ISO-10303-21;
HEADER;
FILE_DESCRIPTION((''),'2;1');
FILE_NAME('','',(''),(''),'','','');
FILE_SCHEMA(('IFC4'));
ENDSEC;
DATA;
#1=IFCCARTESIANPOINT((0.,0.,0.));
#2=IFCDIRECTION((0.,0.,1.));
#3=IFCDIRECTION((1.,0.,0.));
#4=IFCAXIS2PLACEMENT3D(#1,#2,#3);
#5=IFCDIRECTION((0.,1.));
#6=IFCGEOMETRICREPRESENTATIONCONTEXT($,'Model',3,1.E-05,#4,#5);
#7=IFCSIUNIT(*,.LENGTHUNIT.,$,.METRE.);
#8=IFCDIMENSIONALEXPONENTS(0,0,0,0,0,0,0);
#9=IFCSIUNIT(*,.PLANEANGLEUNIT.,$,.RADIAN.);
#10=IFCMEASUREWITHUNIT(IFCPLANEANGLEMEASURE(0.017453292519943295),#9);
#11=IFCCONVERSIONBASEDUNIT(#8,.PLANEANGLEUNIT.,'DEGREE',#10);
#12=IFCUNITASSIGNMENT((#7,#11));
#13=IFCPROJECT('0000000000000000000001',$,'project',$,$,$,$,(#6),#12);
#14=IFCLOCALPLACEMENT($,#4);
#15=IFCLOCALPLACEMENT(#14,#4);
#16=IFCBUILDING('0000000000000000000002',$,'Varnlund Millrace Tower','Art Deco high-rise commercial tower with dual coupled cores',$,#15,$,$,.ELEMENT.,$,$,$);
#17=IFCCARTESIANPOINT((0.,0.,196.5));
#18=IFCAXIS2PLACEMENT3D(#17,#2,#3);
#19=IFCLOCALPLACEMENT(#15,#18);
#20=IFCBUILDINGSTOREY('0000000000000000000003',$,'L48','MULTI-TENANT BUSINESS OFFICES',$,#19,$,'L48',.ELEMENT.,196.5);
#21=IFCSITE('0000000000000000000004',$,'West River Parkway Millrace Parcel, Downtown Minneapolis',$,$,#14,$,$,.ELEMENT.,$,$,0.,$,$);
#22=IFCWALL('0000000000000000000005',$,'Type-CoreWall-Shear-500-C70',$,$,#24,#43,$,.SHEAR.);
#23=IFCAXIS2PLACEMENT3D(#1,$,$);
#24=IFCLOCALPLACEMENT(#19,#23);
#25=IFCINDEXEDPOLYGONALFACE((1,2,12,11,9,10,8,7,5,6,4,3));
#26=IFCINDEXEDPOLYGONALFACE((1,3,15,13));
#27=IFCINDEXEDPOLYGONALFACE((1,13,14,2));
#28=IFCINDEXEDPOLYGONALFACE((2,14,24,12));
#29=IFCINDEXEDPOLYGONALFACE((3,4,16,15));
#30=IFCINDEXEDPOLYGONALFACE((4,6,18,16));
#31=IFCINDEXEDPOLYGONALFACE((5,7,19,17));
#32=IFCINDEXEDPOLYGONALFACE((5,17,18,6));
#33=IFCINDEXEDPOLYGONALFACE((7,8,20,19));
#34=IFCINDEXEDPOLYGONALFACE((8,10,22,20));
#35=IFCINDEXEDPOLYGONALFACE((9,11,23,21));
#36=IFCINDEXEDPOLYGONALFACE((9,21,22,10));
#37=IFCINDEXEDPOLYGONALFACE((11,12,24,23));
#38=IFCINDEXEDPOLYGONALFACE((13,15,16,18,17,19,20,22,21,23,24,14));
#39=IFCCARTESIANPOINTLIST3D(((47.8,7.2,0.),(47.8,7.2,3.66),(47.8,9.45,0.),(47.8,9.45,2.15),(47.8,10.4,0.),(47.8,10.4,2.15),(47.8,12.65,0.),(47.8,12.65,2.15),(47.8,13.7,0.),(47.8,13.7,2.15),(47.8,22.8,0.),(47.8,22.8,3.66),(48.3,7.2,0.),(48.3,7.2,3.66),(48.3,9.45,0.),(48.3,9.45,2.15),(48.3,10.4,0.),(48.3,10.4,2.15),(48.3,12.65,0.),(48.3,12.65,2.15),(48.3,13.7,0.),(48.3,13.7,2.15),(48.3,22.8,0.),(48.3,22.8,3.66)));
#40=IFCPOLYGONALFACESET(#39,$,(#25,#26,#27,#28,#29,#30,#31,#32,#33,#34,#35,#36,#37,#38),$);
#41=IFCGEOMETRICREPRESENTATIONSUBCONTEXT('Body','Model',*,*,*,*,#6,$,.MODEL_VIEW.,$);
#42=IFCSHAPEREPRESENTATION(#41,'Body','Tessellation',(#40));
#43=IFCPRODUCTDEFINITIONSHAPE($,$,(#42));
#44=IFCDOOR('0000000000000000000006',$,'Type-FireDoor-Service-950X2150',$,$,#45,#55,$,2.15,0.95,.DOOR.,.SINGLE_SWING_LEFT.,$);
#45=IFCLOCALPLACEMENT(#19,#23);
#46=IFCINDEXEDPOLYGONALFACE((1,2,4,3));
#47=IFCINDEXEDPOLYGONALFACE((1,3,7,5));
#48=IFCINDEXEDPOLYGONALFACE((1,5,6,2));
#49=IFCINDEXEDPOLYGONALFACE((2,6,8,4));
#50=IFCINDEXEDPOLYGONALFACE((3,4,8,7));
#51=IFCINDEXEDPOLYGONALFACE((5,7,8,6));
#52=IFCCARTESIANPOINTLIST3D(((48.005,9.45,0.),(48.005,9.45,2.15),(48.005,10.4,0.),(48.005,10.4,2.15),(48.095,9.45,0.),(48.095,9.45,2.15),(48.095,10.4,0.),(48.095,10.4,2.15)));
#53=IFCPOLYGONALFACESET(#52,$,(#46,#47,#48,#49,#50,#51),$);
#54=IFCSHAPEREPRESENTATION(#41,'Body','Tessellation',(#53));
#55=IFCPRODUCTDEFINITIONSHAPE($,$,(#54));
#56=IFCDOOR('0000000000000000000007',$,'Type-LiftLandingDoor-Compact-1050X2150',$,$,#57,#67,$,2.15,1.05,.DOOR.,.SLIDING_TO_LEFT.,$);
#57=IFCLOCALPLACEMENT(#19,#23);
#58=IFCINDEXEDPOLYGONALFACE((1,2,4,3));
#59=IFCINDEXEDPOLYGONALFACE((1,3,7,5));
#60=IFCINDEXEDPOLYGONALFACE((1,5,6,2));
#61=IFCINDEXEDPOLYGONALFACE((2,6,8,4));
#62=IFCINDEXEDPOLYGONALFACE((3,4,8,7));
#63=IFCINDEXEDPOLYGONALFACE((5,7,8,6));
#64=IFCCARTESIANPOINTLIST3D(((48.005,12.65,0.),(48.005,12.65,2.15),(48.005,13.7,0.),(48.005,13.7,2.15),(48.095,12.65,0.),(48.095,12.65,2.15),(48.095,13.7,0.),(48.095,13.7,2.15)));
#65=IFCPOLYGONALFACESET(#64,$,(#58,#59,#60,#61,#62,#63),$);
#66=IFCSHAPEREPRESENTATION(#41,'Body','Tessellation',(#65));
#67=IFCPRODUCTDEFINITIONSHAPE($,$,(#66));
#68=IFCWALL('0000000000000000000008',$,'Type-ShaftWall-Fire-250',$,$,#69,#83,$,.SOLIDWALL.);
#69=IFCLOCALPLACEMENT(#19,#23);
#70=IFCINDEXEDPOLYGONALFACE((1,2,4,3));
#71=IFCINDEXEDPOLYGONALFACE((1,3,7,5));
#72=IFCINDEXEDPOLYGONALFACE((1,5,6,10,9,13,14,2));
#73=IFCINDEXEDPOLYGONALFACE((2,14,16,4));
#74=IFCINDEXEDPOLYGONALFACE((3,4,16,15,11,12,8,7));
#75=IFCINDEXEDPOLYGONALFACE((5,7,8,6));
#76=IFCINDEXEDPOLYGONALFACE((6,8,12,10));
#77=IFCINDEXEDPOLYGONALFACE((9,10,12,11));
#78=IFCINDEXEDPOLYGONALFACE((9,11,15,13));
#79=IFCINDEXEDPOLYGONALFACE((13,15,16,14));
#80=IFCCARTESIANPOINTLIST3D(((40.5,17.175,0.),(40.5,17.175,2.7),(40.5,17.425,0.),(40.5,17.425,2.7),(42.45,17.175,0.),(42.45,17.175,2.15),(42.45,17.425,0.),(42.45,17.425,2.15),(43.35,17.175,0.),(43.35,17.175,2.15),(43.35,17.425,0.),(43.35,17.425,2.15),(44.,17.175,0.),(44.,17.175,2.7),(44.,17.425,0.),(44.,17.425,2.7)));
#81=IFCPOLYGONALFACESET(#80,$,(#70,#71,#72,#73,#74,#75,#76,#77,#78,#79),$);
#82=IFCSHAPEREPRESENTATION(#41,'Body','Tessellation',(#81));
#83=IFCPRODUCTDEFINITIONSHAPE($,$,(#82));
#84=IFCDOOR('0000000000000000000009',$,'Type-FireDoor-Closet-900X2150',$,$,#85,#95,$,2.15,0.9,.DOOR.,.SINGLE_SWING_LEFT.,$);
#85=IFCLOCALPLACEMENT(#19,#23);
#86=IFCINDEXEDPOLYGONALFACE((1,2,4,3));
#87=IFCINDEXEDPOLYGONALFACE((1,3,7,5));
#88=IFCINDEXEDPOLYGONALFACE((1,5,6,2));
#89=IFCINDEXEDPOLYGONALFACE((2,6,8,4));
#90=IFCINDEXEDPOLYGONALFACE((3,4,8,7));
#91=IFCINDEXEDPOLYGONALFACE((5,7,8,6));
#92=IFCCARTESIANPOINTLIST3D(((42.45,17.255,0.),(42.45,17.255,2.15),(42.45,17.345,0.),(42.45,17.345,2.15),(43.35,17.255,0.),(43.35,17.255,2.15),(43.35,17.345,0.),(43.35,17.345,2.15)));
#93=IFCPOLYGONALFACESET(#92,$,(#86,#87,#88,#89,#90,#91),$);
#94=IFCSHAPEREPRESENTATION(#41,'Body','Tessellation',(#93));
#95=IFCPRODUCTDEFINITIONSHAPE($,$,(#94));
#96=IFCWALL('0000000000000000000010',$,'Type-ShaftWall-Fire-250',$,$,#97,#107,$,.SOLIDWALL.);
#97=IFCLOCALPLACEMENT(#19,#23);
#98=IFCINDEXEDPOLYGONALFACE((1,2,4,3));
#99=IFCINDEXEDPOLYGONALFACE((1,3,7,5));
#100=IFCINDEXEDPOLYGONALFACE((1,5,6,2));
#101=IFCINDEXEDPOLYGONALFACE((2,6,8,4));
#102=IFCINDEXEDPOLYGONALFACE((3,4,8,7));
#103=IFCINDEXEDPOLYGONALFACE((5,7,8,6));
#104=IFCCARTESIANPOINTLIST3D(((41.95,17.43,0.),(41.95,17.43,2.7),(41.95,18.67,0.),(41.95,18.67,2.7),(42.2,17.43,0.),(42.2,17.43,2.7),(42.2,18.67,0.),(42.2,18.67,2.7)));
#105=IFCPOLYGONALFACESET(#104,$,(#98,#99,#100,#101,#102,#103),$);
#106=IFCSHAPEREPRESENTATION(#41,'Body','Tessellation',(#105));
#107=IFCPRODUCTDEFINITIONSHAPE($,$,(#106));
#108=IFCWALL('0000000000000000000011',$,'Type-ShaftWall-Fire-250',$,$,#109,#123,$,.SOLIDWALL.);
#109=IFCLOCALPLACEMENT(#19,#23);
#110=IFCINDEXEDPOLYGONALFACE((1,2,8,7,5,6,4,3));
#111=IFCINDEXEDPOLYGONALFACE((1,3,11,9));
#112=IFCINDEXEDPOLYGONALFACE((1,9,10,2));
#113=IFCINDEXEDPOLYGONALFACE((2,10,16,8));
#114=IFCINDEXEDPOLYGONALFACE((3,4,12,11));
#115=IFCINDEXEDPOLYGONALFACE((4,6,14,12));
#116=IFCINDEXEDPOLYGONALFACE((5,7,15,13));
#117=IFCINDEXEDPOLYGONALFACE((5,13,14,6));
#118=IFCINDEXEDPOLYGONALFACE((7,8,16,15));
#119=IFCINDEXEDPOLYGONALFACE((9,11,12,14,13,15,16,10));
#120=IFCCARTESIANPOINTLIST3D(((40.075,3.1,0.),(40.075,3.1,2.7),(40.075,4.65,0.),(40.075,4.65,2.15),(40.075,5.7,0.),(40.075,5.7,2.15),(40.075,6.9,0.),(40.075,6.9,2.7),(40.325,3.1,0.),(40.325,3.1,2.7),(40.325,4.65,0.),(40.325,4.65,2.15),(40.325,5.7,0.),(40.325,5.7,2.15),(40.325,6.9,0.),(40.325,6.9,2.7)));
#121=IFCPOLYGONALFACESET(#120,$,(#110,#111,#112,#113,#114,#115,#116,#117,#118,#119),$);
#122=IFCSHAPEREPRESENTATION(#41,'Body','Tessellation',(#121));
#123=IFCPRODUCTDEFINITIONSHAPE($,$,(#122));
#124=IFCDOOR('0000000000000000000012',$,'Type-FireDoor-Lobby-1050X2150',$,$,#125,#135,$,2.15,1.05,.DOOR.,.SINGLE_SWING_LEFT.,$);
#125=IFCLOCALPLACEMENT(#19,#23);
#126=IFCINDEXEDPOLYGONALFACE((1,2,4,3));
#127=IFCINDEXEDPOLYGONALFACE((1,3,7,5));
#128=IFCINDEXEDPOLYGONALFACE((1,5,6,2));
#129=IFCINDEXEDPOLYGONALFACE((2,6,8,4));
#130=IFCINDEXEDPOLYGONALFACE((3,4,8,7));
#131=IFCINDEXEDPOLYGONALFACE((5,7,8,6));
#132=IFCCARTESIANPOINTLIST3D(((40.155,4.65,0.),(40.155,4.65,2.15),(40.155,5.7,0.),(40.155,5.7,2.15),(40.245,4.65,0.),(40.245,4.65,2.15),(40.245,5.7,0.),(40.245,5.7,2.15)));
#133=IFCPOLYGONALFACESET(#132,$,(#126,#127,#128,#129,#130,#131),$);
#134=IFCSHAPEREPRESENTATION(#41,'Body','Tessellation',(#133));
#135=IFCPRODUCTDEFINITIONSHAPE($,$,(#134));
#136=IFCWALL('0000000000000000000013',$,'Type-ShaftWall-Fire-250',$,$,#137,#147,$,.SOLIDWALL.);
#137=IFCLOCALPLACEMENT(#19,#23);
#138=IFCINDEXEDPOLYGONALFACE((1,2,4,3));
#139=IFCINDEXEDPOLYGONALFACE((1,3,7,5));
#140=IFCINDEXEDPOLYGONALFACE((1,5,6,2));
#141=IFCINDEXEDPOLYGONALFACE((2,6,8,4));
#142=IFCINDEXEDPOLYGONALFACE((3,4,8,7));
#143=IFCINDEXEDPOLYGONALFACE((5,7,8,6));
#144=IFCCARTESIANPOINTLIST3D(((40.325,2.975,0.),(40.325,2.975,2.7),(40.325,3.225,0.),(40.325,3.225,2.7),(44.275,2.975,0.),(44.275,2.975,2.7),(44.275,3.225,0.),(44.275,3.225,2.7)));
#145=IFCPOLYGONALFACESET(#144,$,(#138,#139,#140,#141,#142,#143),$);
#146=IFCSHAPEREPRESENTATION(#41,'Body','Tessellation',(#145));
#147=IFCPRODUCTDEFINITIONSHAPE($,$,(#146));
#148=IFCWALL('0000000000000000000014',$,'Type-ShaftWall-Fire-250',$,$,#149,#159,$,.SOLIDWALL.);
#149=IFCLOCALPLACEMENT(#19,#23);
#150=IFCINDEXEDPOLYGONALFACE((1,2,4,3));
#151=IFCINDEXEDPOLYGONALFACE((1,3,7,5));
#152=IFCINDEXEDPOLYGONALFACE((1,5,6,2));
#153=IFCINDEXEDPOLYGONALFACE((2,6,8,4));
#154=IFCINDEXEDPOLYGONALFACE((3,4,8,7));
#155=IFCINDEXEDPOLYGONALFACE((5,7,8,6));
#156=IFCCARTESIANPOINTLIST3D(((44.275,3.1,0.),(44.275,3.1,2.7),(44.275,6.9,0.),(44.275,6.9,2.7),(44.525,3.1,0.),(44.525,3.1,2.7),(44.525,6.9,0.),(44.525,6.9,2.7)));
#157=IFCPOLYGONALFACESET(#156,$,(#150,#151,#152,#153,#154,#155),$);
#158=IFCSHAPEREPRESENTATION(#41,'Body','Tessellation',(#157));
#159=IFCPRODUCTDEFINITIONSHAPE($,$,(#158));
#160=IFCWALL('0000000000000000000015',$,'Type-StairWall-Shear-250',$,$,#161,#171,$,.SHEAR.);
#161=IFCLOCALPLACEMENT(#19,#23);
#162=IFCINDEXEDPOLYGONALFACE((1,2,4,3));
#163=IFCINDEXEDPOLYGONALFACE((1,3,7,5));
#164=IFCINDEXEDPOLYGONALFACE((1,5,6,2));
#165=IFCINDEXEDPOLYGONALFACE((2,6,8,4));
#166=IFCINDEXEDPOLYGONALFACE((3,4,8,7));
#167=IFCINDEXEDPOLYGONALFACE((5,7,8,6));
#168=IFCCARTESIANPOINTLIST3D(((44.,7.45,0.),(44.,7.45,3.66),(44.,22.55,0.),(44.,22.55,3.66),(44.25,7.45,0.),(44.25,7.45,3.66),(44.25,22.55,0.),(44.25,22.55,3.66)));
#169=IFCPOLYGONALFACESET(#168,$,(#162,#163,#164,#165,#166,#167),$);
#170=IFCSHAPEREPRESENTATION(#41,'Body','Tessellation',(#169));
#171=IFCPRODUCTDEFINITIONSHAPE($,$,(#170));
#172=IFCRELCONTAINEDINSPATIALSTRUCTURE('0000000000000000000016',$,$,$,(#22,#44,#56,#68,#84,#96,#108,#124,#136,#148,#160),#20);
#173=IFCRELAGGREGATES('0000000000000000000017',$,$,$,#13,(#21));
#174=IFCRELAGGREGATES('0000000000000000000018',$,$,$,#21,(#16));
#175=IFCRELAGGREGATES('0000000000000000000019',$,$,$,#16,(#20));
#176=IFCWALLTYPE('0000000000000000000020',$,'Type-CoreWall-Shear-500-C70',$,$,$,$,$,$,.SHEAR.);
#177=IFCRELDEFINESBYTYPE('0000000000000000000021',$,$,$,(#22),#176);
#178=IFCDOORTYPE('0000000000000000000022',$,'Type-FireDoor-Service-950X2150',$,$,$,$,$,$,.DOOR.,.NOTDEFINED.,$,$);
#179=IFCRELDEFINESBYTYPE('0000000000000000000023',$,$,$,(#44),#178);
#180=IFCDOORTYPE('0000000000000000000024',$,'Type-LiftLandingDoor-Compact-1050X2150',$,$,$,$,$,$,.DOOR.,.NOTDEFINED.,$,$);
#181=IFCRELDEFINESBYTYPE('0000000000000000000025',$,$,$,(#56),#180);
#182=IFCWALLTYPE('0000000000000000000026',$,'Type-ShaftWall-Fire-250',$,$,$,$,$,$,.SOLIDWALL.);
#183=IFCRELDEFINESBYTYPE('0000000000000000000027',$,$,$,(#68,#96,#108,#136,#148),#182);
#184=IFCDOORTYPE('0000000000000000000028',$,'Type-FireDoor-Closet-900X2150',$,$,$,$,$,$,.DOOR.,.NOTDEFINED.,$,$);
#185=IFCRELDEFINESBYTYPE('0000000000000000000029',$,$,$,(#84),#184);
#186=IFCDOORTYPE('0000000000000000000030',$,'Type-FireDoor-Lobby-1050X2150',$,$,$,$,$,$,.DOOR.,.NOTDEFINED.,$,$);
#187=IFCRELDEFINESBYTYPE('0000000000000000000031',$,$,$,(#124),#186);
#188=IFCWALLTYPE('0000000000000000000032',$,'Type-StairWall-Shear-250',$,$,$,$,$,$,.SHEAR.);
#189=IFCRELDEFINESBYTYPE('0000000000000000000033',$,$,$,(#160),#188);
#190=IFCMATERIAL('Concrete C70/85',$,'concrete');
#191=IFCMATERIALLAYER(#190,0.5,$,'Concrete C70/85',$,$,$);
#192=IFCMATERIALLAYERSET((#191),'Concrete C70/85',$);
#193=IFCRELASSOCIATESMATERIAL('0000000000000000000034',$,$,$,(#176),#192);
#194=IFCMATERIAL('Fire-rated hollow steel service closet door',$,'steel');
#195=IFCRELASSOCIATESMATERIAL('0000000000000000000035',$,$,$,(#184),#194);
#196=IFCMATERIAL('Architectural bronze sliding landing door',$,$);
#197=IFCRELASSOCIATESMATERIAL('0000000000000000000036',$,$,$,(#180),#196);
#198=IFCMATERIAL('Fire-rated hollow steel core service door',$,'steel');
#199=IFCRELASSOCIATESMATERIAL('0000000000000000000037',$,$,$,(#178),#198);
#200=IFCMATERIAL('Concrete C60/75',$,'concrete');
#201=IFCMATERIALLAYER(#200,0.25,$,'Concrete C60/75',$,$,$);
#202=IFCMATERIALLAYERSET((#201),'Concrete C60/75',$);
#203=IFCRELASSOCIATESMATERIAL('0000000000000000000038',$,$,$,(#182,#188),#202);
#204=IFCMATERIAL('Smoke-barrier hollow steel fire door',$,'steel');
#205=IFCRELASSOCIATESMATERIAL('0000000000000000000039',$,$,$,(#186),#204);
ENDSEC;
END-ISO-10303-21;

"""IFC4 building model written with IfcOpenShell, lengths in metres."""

from ifc_helpers import new_model, entity, si_unit, converted_unit, direction, frame, origin_with_axes, origin_2d_with_axis, place, context, subcontext, project, spatial, polyline, rectangle, outline, extrude, material, layer, layer_set, type_object, element, fill, save


model = new_model("IFC4")

# Units and contexts
model_context = context("Model", 3, precision=1e-05, world=origin_with_axes(), true_north=direction((0.0, 1.0)))
body_context = subcontext(model_context, "Body", "Model", "MODEL_VIEW")
ifc_project = project(units=[si_unit("LENGTHUNIT", "METRE"), converted_unit("PLANEANGLEUNIT", "DEGREE", entity("IfcPlaneAngleMeasure", 0.017453292519943295), si_unit("PLANEANGLEUNIT", "RADIAN"), dimensions=[0, 0, 0, 0, 0, 0, 0])], contexts=[model_context])

# Site, building, storey
site_placement = place(None, origin_with_axes())
site = spatial("IfcSite", under=ifc_project, at=site_placement, Name="West River Parkway Millrace Parcel, Downtown Minneapolis", CompositionType="ELEMENT", RefElevation=0.0)
building_placement = place(site_placement, origin_with_axes())
building = spatial("IfcBuilding", under=site, at=building_placement, Name="Varnlund Millrace Tower", Description="Art Deco high-rise commercial tower with dual coupled cores", CompositionType="ELEMENT")
storey_placement = place(building_placement, frame((0.0, 0.0, 196.5), z_axis=(0.0, 0.0, 1.0), x_axis=(1.0, 0.0, 0.0)))
storey = spatial("IfcBuildingStorey", under=building, at=storey_placement, Name="L48", Description="MULTI-TENANT BUSINESS OFFICES", LongName="L48", CompositionType="ELEMENT", Elevation=196.5)

# Shared definitions
ifc_material_1 = material(Name="Concrete C70/85", Category="concrete")

# Shared definitions
ifc_layer_1 = layer(ifc_material_1, 0.5, Name="Concrete C70/85")
ifc_layer_set_1 = layer_set([ifc_layer_1], Name="Concrete C70/85")
wall_type_1 = type_object("IfcWallType", Name="Type-CoreWall-Shear-500-C70", PredefinedType="SHEAR", material=ifc_layer_set_1)
ifc_material_2 = material(Name="Fire-rated hollow steel service closet door", Category="steel")
door_type_1 = type_object("IfcDoorType", Name="Type-FireDoor-Closet-900X2150", OperationType="NOTDEFINED", PredefinedType="DOOR", material=ifc_material_2)
ifc_material_3 = material(Name="Architectural bronze sliding landing door")
door_type_2 = type_object("IfcDoorType", Name="Type-LiftLandingDoor-Compact-1050X2150", OperationType="NOTDEFINED", PredefinedType="DOOR", material=ifc_material_3)

# Wall, openings, doors
wall_1_placement = place(storey_placement, frame((48.05, 7.2, 0.0), z_axis=(0.0, 0.0, 1.0), x_axis=(0.0, 1.0, 0.0)))
wall_1 = element("IfcWall", 1, at=wall_1_placement, inside=storey, type_object=wall_type_1, Name="Type-CoreWall-Shear-500-C70", PredefinedType="SHEAR", context=body_context, shape_type="SweptSolid", body=[
    extrude(outline(polyline([(0.0, -0.25), (15.6, -0.25), (15.6, 0.25), (0.0, 0.25), (0.0, -0.25)])), origin_with_axes(), (0.0, 0.0, 1.0), 3.66),
])
opening_1_placement = place(wall_1_placement, frame((5.975, 0.0, 0.0), z_axis=(0.0, 0.0, 1.0), x_axis=(1.0, 0.0, 0.0)))
opening_1 = element("IfcOpeningElement", 2, at=opening_1_placement, cuts=wall_1, PredefinedType="OPENING", context=body_context, shape_type="SweptSolid", body=[
    extrude(rectangle(XDim=1.05, YDim=0.52, at=origin_2d_with_axis()), origin_with_axes(), (0.0, 0.0, 1.0), 2.15),
])
opening_2_placement = place(wall_1_placement, frame((2.725, 0.0, 0.0), z_axis=(0.0, 0.0, 1.0), x_axis=(1.0, 0.0, 0.0)))
opening_2 = element("IfcOpeningElement", 3, at=opening_2_placement, cuts=wall_1, PredefinedType="OPENING", context=body_context, shape_type="SweptSolid", body=[
    extrude(rectangle(XDim=0.95, YDim=0.52, at=origin_2d_with_axis()), origin_with_axes(), (0.0, 0.0, 1.0), 2.15),
])
ifc_material_4 = material(Name="Fire-rated hollow steel core service door", Category="steel")
door_type_3 = type_object("IfcDoorType", Name="Type-FireDoor-Service-950X2150", OperationType="NOTDEFINED", PredefinedType="DOOR", material=ifc_material_4)
door_1_placement = place(wall_1_placement, frame((2.725, 0.0, 0.0), z_axis=(0.0, 0.0, 1.0), x_axis=(1.0, 0.0, 0.0)))
door_1 = element("IfcDoor", 4, at=door_1_placement, inside=storey, type_object=door_type_3, Name="Type-FireDoor-Service-950X2150", OperationType="SINGLE_SWING_LEFT", OverallHeight=2.15, OverallWidth=0.95, PredefinedType="DOOR", context=body_context, shape_type="SweptSolid", body=[
    extrude(rectangle(XDim=0.95, YDim=0.09, at=origin_2d_with_axis()), origin_with_axes(), (0.0, 0.0, 1.0), 2.15),
])
fill(opening_2, door_1)
door_2_placement = place(wall_1_placement, frame((5.975, 0.0, 0.0), z_axis=(0.0, 0.0, 1.0), x_axis=(1.0, 0.0, 0.0)))
door_2 = element("IfcDoor", 5, at=door_2_placement, inside=storey, type_object=door_type_2, Name="Type-LiftLandingDoor-Compact-1050X2150", OperationType="SLIDING_TO_LEFT", OverallHeight=2.15, OverallWidth=1.05, PredefinedType="DOOR", context=body_context, shape_type="SweptSolid", body=[
    extrude(rectangle(XDim=1.05, YDim=0.09, at=origin_2d_with_axis()), origin_with_axes(), (0.0, 0.0, 1.0), 2.15),
])
fill(opening_1, door_2)

# Wall, opening, door
ifc_material_5 = material(Name="Concrete C60/75", Category="concrete")
ifc_layer_2 = layer(ifc_material_5, 0.25, Name="Concrete C60/75")
ifc_layer_set_2 = layer_set([ifc_layer_2], Name="Concrete C60/75")
wall_type_2 = type_object("IfcWallType", Name="Type-ShaftWall-Fire-250", PredefinedType="SOLIDWALL", material=ifc_layer_set_2)
wall_2_placement = place(storey_placement, frame((40.5, 17.3, 0.0), z_axis=(0.0, 0.0, 1.0), x_axis=(1.0, 0.0, 0.0)))
wall_2 = element("IfcWall", 6, at=wall_2_placement, inside=storey, type_object=wall_type_2, Name="Type-ShaftWall-Fire-250", PredefinedType="SOLIDWALL", context=body_context, shape_type="SweptSolid", body=[
    extrude(outline(polyline([(0.0, -0.125), (3.5, -0.125), (3.5, 0.125), (0.0, 0.125), (0.0, -0.125)])), origin_with_axes(), (0.0, 0.0, 1.0), 2.7),
])
opening_3_placement = place(wall_2_placement, frame((2.4, 0.0, 0.0), z_axis=(0.0, 0.0, 1.0), x_axis=(1.0, 0.0, 0.0)))
opening_3 = element("IfcOpeningElement", 7, at=opening_3_placement, cuts=wall_2, PredefinedType="OPENING", context=body_context, shape_type="SweptSolid", body=[
    extrude(rectangle(XDim=0.9, YDim=0.27, at=origin_2d_with_axis()), origin_with_axes(), (0.0, 0.0, 1.0), 2.15),
])
door_3_placement = place(wall_2_placement, frame((2.4, 0.0, 0.0), z_axis=(0.0, 0.0, 1.0), x_axis=(1.0, 0.0, 0.0)))
door_3 = element("IfcDoor", 8, at=door_3_placement, inside=storey, type_object=door_type_1, Name="Type-FireDoor-Closet-900X2150", OperationType="SINGLE_SWING_LEFT", OverallHeight=2.15, OverallWidth=0.9, PredefinedType="DOOR", context=body_context, shape_type="SweptSolid", body=[
    extrude(rectangle(XDim=0.9, YDim=0.09, at=origin_2d_with_axis()), origin_with_axes(), (0.0, 0.0, 1.0), 2.15),
])
fill(opening_3, door_3)

# Wall
wall_3_placement = place(storey_placement, frame((42.075, 17.43, 0.0), z_axis=(0.0, 0.0, 1.0), x_axis=(0.0, 1.0, 0.0)))
element("IfcWall", 9, at=wall_3_placement, inside=storey, type_object=wall_type_2, Name="Type-ShaftWall-Fire-250", PredefinedType="SOLIDWALL", context=body_context, shape_type="SweptSolid", body=[
    extrude(outline(polyline([(0.0, -0.125), (1.24, -0.125), (1.24, 0.125), (0.0, 0.125), (0.0, -0.125)])), origin_with_axes(), (0.0, 0.0, 1.0), 2.7),
])

# Wall, opening, door
wall_4_placement = place(storey_placement, frame((40.2, 3.1, 0.0), z_axis=(0.0, 0.0, 1.0), x_axis=(0.0, 1.0, 0.0)))
wall_4 = element("IfcWall", 10, at=wall_4_placement, inside=storey, type_object=wall_type_2, Name="Type-ShaftWall-Fire-250", PredefinedType="SOLIDWALL", context=body_context, shape_type="SweptSolid", body=[
    extrude(outline(polyline([(0.0, -0.125), (3.8, -0.125), (3.8, 0.125), (0.0, 0.125), (0.0, -0.125)])), origin_with_axes(), (0.0, 0.0, 1.0), 2.7),
])
opening_4_placement = place(wall_4_placement, frame((2.075, 0.0, 0.0), z_axis=(0.0, 0.0, 1.0), x_axis=(1.0, 0.0, 0.0)))
opening_4 = element("IfcOpeningElement", 11, at=opening_4_placement, cuts=wall_4, PredefinedType="OPENING", context=body_context, shape_type="SweptSolid", body=[
    extrude(rectangle(XDim=1.05, YDim=0.27, at=origin_2d_with_axis()), origin_with_axes(), (0.0, 0.0, 1.0), 2.15),
])
ifc_material_6 = material(Name="Smoke-barrier hollow steel fire door", Category="steel")
door_type_4 = type_object("IfcDoorType", Name="Type-FireDoor-Lobby-1050X2150", OperationType="NOTDEFINED", PredefinedType="DOOR", material=ifc_material_6)
door_4_placement = place(wall_4_placement, frame((2.075, 0.0, 0.0), z_axis=(0.0, 0.0, 1.0), x_axis=(1.0, 0.0, 0.0)))
door_4 = element("IfcDoor", 12, at=door_4_placement, inside=storey, type_object=door_type_4, Name="Type-FireDoor-Lobby-1050X2150", OperationType="SINGLE_SWING_LEFT", OverallHeight=2.15, OverallWidth=1.05, PredefinedType="DOOR", context=body_context, shape_type="SweptSolid", body=[
    extrude(rectangle(XDim=1.05, YDim=0.09, at=origin_2d_with_axis()), origin_with_axes(), (0.0, 0.0, 1.0), 2.15),
])
fill(opening_4, door_4)

# Walls
wall_5_placement = place(storey_placement, frame((40.325, 3.1, 0.0), z_axis=(0.0, 0.0, 1.0), x_axis=(1.0, 0.0, 0.0)))
element("IfcWall", 13, at=wall_5_placement, inside=storey, type_object=wall_type_2, Name="Type-ShaftWall-Fire-250", PredefinedType="SOLIDWALL", context=body_context, shape_type="SweptSolid", body=[
    extrude(outline(polyline([(0.0, -0.125), (3.95, -0.125), (3.95, 0.125), (0.0, 0.125), (0.0, -0.125)])), origin_with_axes(), (0.0, 0.0, 1.0), 2.7),
])
wall_6_placement = place(storey_placement, frame((44.4, 3.1, 0.0), z_axis=(0.0, 0.0, 1.0), x_axis=(0.0, 1.0, 0.0)))
element("IfcWall", 14, at=wall_6_placement, inside=storey, type_object=wall_type_2, Name="Type-ShaftWall-Fire-250", PredefinedType="SOLIDWALL", context=body_context, shape_type="SweptSolid", body=[
    extrude(outline(polyline([(0.0, -0.125), (3.8, -0.125), (3.8, 0.125), (0.0, 0.125), (0.0, -0.125)])), origin_with_axes(), (0.0, 0.0, 1.0), 2.7),
])
wall_type_3 = type_object("IfcWallType", Name="Type-StairWall-Shear-250", PredefinedType="SHEAR", material=ifc_layer_set_2)
wall_7_placement = place(storey_placement, frame((44.125, 7.45, 0.0), z_axis=(0.0, 0.0, 1.0), x_axis=(0.0, 1.0, 0.0)))
element("IfcWall", 15, at=wall_7_placement, inside=storey, type_object=wall_type_3, Name="Type-StairWall-Shear-250", PredefinedType="SHEAR", context=body_context, shape_type="SweptSolid", body=[
    extrude(outline(polyline([(0.0, -0.125), (15.1, -0.125), (15.1, 0.125), (0.0, 0.125), (0.0, -0.125)])), origin_with_axes(), (0.0, 0.0, 1.0), 3.66),
])

save(model, "model.ifc")
